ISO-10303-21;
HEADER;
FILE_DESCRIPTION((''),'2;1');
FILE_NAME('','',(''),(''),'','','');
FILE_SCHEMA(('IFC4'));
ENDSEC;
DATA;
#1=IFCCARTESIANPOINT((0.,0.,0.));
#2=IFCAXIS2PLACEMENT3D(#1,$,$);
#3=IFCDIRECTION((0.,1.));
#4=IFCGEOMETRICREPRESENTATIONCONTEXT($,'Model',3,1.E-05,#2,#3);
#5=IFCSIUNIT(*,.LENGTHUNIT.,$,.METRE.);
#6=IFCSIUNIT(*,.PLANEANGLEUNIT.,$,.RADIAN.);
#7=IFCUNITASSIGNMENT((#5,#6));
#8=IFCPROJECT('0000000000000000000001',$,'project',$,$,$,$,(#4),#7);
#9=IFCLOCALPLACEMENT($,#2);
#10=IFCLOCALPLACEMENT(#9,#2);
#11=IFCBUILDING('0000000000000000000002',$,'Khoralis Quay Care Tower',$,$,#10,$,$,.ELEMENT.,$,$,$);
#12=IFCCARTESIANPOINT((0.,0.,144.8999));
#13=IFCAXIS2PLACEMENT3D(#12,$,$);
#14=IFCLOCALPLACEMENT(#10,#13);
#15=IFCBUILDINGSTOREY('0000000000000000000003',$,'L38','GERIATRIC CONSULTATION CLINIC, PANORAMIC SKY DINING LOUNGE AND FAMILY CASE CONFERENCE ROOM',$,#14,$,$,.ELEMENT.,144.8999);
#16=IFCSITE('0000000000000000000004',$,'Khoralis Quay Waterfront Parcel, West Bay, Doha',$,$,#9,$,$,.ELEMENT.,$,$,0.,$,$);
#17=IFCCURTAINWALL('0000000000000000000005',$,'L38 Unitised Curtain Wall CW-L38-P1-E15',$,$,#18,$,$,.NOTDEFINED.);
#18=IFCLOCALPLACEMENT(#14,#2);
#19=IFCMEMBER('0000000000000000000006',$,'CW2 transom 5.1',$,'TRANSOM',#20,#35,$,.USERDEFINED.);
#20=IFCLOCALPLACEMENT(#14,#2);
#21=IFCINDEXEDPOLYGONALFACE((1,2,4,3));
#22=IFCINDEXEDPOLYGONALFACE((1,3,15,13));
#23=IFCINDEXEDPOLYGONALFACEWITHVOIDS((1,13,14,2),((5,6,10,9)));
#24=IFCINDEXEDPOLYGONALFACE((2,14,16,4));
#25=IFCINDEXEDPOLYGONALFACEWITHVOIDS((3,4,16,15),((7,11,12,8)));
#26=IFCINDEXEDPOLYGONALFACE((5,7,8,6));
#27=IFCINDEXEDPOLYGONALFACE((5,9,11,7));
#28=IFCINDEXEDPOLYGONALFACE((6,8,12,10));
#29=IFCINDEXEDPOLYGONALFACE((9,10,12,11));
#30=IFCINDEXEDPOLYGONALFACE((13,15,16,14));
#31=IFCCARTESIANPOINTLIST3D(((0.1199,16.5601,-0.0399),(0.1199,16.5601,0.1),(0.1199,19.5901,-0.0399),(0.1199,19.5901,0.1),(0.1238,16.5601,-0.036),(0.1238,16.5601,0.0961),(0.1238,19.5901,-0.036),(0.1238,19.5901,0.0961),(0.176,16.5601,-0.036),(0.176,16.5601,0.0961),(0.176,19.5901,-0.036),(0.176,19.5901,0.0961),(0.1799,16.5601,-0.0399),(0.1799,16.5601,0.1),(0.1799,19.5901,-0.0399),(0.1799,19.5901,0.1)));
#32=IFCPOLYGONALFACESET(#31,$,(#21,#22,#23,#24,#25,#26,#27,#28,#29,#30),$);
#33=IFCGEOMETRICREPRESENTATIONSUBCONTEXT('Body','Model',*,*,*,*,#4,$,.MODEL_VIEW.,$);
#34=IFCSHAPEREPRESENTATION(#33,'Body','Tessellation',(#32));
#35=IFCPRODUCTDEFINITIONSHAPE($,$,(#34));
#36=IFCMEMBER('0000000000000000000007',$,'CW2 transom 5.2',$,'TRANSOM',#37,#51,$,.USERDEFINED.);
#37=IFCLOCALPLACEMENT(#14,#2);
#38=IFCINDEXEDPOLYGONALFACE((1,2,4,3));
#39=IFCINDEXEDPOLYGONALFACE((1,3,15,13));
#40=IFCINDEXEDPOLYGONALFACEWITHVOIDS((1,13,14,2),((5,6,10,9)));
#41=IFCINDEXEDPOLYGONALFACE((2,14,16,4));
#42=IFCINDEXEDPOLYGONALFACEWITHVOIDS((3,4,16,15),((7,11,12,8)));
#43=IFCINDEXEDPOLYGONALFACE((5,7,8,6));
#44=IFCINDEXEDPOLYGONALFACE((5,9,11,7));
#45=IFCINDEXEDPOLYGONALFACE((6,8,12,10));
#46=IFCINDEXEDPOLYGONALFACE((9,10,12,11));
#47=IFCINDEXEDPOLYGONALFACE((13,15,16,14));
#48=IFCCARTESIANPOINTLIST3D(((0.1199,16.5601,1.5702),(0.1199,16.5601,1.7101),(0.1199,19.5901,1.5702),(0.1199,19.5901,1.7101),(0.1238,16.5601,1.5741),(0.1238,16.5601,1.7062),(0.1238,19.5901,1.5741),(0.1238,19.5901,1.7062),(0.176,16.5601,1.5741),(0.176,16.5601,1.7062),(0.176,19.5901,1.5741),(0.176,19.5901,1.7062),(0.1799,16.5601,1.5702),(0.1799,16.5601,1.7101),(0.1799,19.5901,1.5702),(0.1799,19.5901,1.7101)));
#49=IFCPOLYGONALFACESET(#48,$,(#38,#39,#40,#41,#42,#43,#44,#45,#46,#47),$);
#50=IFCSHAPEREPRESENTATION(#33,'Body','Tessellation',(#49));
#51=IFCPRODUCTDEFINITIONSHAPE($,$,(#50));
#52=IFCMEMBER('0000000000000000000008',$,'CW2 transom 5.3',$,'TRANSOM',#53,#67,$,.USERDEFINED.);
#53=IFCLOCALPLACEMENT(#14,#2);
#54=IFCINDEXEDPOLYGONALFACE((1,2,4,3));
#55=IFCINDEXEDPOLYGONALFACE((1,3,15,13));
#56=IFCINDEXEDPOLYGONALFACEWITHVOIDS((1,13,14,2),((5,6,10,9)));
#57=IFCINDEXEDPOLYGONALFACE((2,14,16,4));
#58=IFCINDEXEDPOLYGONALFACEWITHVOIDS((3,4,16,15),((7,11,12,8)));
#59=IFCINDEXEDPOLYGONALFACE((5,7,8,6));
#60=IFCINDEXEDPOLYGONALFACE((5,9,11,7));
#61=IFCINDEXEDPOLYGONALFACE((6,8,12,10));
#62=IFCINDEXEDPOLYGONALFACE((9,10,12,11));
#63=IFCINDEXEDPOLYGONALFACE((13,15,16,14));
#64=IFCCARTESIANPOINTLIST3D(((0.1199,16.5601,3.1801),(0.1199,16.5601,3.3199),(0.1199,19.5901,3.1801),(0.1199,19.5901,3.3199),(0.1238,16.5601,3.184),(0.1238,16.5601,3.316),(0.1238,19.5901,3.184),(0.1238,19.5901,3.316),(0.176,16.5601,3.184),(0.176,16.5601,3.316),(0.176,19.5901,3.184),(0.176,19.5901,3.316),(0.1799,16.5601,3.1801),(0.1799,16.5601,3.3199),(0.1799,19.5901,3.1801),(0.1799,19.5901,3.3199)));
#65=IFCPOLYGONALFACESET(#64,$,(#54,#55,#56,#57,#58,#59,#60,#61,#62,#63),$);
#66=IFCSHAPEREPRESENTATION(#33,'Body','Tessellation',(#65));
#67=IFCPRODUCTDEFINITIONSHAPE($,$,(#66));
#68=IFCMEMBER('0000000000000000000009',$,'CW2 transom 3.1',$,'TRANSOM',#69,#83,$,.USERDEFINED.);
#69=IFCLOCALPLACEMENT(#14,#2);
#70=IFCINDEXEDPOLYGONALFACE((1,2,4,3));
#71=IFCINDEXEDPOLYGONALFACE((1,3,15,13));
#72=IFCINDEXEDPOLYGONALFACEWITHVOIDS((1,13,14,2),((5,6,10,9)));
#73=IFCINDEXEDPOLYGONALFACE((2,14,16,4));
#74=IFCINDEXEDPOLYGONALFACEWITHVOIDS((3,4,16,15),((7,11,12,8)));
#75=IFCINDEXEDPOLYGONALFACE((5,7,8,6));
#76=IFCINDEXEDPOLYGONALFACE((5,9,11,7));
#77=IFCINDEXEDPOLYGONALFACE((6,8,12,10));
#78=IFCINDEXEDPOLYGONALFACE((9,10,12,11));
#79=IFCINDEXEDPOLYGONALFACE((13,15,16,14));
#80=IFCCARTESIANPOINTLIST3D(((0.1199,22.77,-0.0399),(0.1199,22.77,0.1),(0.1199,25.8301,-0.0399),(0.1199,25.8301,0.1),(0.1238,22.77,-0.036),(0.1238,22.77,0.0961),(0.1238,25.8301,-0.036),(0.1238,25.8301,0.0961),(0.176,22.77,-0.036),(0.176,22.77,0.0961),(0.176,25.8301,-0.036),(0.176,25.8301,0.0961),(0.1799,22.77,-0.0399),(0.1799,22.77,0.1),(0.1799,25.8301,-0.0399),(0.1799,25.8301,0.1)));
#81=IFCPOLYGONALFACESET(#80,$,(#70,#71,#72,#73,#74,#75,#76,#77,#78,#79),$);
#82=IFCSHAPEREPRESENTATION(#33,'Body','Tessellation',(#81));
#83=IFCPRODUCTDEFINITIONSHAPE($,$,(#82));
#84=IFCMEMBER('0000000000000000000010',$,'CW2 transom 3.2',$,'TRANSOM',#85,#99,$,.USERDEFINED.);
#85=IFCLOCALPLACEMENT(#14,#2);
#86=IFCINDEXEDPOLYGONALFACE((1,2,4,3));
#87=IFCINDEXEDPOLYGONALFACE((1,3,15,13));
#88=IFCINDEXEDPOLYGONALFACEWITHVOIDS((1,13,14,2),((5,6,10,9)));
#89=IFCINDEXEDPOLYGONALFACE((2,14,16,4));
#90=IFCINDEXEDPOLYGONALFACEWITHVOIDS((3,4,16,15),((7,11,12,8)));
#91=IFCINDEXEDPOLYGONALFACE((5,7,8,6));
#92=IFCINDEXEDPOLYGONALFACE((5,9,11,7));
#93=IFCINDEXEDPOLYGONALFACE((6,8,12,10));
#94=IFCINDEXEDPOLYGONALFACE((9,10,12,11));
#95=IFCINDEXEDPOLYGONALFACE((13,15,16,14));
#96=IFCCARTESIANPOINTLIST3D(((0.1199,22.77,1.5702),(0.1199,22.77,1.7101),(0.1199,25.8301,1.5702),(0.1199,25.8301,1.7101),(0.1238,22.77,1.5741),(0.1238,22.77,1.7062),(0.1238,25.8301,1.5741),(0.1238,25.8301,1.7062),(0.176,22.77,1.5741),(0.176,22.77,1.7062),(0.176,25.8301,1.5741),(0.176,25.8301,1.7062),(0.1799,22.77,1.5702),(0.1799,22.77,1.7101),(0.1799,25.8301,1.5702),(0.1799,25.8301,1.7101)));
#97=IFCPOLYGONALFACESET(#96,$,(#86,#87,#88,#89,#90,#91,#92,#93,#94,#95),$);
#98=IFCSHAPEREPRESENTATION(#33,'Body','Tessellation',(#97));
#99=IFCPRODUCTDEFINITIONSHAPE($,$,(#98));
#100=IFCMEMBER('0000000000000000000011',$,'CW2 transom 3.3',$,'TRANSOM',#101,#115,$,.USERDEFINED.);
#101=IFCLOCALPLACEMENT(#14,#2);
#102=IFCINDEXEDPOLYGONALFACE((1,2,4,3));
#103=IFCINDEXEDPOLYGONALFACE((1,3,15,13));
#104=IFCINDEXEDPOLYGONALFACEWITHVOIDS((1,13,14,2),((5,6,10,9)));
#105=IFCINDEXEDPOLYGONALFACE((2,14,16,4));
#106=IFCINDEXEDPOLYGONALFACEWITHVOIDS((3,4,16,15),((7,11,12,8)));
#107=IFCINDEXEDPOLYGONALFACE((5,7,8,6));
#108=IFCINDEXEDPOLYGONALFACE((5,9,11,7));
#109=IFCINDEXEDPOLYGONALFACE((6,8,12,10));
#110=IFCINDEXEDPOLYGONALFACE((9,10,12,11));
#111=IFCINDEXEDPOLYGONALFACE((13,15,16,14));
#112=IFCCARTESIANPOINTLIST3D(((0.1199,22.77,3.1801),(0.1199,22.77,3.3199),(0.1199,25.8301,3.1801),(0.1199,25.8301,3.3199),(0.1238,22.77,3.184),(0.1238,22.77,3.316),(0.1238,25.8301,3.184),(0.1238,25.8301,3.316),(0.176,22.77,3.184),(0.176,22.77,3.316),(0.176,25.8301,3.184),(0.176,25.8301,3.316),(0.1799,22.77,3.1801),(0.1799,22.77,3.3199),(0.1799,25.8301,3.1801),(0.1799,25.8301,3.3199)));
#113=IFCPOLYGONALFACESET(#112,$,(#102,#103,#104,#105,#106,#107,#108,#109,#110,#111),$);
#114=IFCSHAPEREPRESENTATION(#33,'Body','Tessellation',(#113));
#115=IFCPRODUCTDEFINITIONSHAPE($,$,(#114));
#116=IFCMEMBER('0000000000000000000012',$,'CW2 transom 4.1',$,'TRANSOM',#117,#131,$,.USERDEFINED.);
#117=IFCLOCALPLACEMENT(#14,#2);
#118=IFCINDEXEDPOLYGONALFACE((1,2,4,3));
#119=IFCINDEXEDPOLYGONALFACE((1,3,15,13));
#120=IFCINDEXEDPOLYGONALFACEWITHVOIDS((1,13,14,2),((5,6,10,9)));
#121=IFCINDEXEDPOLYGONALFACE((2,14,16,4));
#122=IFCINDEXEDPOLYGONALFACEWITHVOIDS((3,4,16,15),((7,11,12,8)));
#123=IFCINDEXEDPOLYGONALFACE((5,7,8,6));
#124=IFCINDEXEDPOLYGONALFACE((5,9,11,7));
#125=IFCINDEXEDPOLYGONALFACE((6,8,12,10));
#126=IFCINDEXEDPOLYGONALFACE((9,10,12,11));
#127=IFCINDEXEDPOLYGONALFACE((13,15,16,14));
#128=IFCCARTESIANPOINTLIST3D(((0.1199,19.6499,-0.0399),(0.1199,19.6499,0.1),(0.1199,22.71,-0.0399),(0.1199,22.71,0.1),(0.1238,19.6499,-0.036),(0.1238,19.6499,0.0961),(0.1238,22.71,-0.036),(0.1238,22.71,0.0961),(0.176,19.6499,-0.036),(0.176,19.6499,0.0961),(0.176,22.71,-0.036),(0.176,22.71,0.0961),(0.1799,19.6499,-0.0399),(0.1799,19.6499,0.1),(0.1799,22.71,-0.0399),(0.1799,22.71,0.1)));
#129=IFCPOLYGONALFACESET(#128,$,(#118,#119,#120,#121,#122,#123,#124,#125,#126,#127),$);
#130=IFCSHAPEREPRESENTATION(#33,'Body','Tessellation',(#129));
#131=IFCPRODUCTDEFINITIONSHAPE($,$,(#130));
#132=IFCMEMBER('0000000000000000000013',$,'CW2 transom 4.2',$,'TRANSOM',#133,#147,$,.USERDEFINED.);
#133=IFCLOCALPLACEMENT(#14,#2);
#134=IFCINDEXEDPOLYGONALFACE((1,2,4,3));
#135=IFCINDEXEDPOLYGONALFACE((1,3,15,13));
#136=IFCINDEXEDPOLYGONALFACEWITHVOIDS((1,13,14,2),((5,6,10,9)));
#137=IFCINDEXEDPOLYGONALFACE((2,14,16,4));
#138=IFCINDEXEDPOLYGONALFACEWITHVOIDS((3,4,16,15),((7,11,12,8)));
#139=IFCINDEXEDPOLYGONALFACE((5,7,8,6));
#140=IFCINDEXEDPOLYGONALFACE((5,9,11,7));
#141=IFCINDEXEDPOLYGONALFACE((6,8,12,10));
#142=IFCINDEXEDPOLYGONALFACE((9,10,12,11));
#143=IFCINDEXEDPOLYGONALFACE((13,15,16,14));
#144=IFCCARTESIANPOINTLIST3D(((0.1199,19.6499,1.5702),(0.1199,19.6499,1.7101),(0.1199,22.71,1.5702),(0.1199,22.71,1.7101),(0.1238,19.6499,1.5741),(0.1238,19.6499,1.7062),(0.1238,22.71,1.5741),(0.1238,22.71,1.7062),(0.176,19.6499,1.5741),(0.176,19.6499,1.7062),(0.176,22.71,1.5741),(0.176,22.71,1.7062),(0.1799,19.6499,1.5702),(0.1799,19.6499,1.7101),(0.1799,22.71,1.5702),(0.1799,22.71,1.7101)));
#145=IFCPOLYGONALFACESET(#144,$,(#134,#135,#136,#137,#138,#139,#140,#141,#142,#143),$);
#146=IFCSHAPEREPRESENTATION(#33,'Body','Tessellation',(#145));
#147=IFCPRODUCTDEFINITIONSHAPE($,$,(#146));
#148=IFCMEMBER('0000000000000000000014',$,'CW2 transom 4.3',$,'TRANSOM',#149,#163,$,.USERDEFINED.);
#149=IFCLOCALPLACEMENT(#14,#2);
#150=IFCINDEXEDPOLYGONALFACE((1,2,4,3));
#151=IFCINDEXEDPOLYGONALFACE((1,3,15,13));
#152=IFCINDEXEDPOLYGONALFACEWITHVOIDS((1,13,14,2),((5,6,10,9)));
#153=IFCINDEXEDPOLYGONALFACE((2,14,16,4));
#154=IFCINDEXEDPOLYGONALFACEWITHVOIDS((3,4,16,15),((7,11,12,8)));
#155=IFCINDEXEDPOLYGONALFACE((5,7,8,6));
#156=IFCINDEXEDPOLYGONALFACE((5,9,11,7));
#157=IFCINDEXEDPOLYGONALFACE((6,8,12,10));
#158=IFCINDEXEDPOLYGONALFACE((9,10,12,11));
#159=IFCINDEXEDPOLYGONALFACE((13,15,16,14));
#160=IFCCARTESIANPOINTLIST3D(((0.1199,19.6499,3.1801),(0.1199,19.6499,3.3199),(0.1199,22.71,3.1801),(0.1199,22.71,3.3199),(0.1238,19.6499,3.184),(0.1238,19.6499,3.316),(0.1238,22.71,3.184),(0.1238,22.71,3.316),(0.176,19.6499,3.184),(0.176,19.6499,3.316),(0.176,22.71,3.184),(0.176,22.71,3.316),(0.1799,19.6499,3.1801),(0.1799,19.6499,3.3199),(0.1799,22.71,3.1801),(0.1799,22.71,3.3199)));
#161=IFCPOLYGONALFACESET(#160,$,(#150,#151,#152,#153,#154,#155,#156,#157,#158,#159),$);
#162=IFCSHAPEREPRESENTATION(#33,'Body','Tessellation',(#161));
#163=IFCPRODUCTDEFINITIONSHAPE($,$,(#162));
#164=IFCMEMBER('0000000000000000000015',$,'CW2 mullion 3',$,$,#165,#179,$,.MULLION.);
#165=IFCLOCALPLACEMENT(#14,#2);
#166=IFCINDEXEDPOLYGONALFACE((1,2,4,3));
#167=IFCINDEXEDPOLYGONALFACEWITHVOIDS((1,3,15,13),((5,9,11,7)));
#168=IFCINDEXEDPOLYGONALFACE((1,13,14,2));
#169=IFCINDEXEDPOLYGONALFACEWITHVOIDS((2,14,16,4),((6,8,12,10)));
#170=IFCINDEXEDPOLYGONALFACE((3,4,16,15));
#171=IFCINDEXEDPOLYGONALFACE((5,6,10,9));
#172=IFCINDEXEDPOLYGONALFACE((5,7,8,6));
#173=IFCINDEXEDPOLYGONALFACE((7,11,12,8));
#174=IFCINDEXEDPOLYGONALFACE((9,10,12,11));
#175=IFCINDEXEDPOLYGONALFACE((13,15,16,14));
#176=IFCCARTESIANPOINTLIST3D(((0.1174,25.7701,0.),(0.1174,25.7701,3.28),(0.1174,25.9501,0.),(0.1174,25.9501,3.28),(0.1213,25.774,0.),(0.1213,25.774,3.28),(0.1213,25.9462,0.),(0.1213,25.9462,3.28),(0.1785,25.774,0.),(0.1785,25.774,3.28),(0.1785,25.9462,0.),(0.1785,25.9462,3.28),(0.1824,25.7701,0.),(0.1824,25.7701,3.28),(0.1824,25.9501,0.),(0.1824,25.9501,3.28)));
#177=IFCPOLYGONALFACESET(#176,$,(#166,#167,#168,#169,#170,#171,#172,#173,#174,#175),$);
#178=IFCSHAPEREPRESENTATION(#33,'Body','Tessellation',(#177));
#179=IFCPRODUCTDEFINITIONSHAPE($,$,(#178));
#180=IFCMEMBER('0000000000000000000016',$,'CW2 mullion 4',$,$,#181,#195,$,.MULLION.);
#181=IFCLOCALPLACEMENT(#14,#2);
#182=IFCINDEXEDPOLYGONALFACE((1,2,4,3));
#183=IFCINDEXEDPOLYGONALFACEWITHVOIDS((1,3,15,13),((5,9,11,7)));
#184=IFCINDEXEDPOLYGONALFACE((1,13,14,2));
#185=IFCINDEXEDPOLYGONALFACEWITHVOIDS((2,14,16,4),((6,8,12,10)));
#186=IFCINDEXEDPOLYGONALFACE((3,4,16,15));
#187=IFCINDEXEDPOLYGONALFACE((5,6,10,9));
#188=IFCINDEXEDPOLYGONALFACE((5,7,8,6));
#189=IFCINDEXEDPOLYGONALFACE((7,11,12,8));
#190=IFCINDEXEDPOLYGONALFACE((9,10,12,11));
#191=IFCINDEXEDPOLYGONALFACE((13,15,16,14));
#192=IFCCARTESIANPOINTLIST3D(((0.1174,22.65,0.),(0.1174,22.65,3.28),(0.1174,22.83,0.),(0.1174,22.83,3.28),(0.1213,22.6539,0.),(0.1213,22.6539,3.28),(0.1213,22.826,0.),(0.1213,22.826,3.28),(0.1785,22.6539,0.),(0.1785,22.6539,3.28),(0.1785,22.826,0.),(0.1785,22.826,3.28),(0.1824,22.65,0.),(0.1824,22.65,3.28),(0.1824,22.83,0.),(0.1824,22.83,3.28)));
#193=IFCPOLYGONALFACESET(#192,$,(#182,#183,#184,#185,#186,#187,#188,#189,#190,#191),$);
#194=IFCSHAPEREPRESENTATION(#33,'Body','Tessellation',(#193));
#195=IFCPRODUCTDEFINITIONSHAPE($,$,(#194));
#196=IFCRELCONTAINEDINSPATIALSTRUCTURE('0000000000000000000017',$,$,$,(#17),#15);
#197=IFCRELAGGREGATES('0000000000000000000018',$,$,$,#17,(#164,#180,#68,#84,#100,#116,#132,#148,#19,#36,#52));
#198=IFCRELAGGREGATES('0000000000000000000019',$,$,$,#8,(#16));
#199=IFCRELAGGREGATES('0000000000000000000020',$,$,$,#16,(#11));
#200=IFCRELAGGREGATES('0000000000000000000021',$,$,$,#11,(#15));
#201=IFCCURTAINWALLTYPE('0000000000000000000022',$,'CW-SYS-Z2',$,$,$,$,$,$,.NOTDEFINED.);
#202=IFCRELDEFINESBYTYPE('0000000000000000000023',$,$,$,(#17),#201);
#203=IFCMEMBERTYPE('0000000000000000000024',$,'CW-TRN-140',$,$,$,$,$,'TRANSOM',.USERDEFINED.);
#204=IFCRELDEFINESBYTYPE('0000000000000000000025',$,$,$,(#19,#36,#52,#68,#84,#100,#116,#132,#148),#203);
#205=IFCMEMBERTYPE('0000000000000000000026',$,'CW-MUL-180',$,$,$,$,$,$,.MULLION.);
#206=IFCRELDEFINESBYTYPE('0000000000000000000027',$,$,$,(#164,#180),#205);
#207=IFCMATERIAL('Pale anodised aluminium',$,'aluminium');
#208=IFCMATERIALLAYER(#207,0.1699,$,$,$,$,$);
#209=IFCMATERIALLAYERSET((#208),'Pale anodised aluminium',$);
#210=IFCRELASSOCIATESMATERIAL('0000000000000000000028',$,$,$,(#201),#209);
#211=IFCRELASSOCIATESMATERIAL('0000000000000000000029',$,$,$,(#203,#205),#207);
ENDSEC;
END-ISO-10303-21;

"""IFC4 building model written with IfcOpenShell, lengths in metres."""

from ifc_helpers import new_model, si_unit, direction, frame, origin, origin_2d, place, context, subcontext, project, spatial, hollow_rectangle, extrude, source, transform, mapped, material, layer, layer_set, material_profile, profile_set, type_object, element, aggregate, save


model = new_model("IFC4")

# Units and contexts
model_context = context("Model", 3, precision=1e-05, world=origin(), true_north=direction((0.0, 1.0)))
body_context = subcontext(model_context, "Body", "Model", "MODEL_VIEW")
ifc_project = project(units=[si_unit("LENGTHUNIT", "METRE"), si_unit("PLANEANGLEUNIT", "RADIAN")], contexts=[model_context])

# Site, building, storey
site_placement = place(None, origin())
site = spatial("IfcSite", under=ifc_project, at=site_placement, Name="Khoralis Quay Waterfront Parcel, West Bay, Doha", CompositionType="ELEMENT", RefElevation=0.0)
building_placement = place(site_placement, origin())
building = spatial("IfcBuilding", under=site, at=building_placement, Name="Khoralis Quay Care Tower", CompositionType="ELEMENT")
storey_placement = place(building_placement, frame((0.0, 0.0, 144.8999)))
storey = spatial("IfcBuildingStorey", under=building, at=storey_placement, Name="L38", Description="GERIATRIC CONSULTATION CLINIC, PANORAMIC SKY DINING LOUNGE AND FAMILY CASE CONFERENCE ROOM", CompositionType="ELEMENT", Elevation=144.8999)

# Curtain wall, members
ifc_material_1 = material(Name="Pale anodised aluminium", Category="aluminium")
ifc_layer_1 = layer(ifc_material_1, 0.1699)
ifc_layer_set_1 = layer_set([ifc_layer_1], Name="Pale anodised aluminium")
curtain_wall_type = type_object("IfcCurtainWallType", Name="CW-SYS-Z2", PredefinedType="NOTDEFINED", material=ifc_layer_set_1)
curtain_wall_placement = place(storey_placement, origin())
curtain_wall = element("IfcCurtainWall", 1, at=curtain_wall_placement, inside=storey, type_object=curtain_wall_type, Name="L38 Unitised Curtain Wall CW-L38-P1-E15", PredefinedType="NOTDEFINED")
ifc_material_profile_1 = material_profile(ifc_material_1, hollow_rectangle(XDim=0.0601, YDim=0.1399, WallThickness=0.0039, at=origin_2d()), Name="Pale anodised aluminium")
ifc_profile_set_1 = profile_set([ifc_material_profile_1], Name="Pale anodised aluminium")
member_type_1 = type_object("IfcMemberType", Name="CW-TRN-140", ElementType="TRANSOM", PredefinedType="USERDEFINED", material=ifc_profile_set_1)
shared_shape_1 = source(origin(), body_context, "Body", "SweptSolid", [
    extrude(hollow_rectangle(XDim=0.0601, YDim=0.1399, WallThickness=0.0039, at=origin_2d()), origin(), (0.0, 0.0, 1.0), 3.03),
])
member_1_placement = place(storey_placement, frame((0.1499, 19.5901, 0.03), z_axis=(0.0, -1.0, 0.0), x_axis=(1.0, 0.0, 0.0)))
member_1 = element("IfcMember", 2, at=member_1_placement, type_object=member_type_1, Name="CW2 transom 5.1", ObjectType="TRANSOM", PredefinedType="USERDEFINED", context=body_context, shape_type="MappedRepresentation", body=[
    mapped(shared_shape_1, transform((0.0, 0.0, 0.0), scale=1.0)),
])
member_2_placement = place(storey_placement, frame((0.1499, 19.5901, 1.6401), z_axis=(0.0, -1.0, 0.0), x_axis=(1.0, 0.0, 0.0)))
member_2 = element("IfcMember", 3, at=member_2_placement, type_object=member_type_1, Name="CW2 transom 5.2", ObjectType="TRANSOM", PredefinedType="USERDEFINED", context=body_context, shape_type="MappedRepresentation", body=[
    mapped(shared_shape_1, transform((0.0, 0.0, 0.0), scale=1.0)),
])
member_3_placement = place(storey_placement, frame((0.1499, 19.5901, 3.25), z_axis=(0.0, -1.0, 0.0), x_axis=(1.0, 0.0, 0.0)))
member_3 = element("IfcMember", 4, at=member_3_placement, type_object=member_type_1, Name="CW2 transom 5.3", ObjectType="TRANSOM", PredefinedType="USERDEFINED", context=body_context, shape_type="MappedRepresentation", body=[
    mapped(shared_shape_1, transform((0.0, 0.0, 0.0), scale=1.0)),
])
shared_shape_2 = source(origin(), body_context, "Body", "SweptSolid", [
    extrude(hollow_rectangle(XDim=0.0601, YDim=0.1399, WallThickness=0.0039, at=origin_2d()), origin(), (0.0, 0.0, 1.0), 3.0601),
])
member_4_placement = place(storey_placement, frame((0.1499, 25.8301, 0.03), z_axis=(0.0, -1.0, 0.0), x_axis=(1.0, 0.0, 0.0)))
member_4 = element("IfcMember", 5, at=member_4_placement, type_object=member_type_1, Name="CW2 transom 3.1", ObjectType="TRANSOM", PredefinedType="USERDEFINED", context=body_context, shape_type="MappedRepresentation", body=[
    mapped(shared_shape_2, transform((0.0, 0.0, 0.0), scale=1.0)),
])
member_5_placement = place(storey_placement, frame((0.1499, 25.8301, 1.6401), z_axis=(0.0, -1.0, 0.0), x_axis=(1.0, 0.0, 0.0)))
member_5 = element("IfcMember", 6, at=member_5_placement, type_object=member_type_1, Name="CW2 transom 3.2", ObjectType="TRANSOM", PredefinedType="USERDEFINED", context=body_context, shape_type="MappedRepresentation", body=[
    mapped(shared_shape_2, transform((0.0, 0.0, 0.0), scale=1.0)),
])
member_6_placement = place(storey_placement, frame((0.1499, 25.8301, 3.25), z_axis=(0.0, -1.0, 0.0), x_axis=(1.0, 0.0, 0.0)))
member_6 = element("IfcMember", 7, at=member_6_placement, type_object=member_type_1, Name="CW2 transom 3.3", ObjectType="TRANSOM", PredefinedType="USERDEFINED", context=body_context, shape_type="MappedRepresentation", body=[
    mapped(shared_shape_2, transform((0.0, 0.0, 0.0), scale=1.0)),
])
member_7_placement = place(storey_placement, frame((0.1499, 22.71, 0.03), z_axis=(0.0, -1.0, 0.0), x_axis=(1.0, 0.0, 0.0)))
member_7 = element("IfcMember", 8, at=member_7_placement, type_object=member_type_1, Name="CW2 transom 4.1", ObjectType="TRANSOM", PredefinedType="USERDEFINED", context=body_context, shape_type="MappedRepresentation", body=[
    mapped(shared_shape_2, transform((0.0, 0.0, 0.0), scale=1.0)),
])
member_8_placement = place(storey_placement, frame((0.1499, 22.71, 1.6401), z_axis=(0.0, -1.0, 0.0), x_axis=(1.0, 0.0, 0.0)))
member_8 = element("IfcMember", 9, at=member_8_placement, type_object=member_type_1, Name="CW2 transom 4.2", ObjectType="TRANSOM", PredefinedType="USERDEFINED", context=body_context, shape_type="MappedRepresentation", body=[
    mapped(shared_shape_2, transform((0.0, 0.0, 0.0), scale=1.0)),
])
member_9_placement = place(storey_placement, frame((0.1499, 22.71, 3.25), z_axis=(0.0, -1.0, 0.0), x_axis=(1.0, 0.0, 0.0)))
member_9 = element("IfcMember", 10, at=member_9_placement, type_object=member_type_1, Name="CW2 transom 4.3", ObjectType="TRANSOM", PredefinedType="USERDEFINED", context=body_context, shape_type="MappedRepresentation", body=[
    mapped(shared_shape_2, transform((0.0, 0.0, 0.0), scale=1.0)),
])
ifc_material_profile_2 = material_profile(ifc_material_1, hollow_rectangle(XDim=0.0649, YDim=0.1799, WallThickness=0.0039, at=origin_2d()), Name="Pale anodised aluminium")
ifc_profile_set_2 = profile_set([ifc_material_profile_2], Name="Pale anodised aluminium")
member_type_2 = type_object("IfcMemberType", Name="CW-MUL-180", PredefinedType="MULLION", material=ifc_profile_set_2)
shared_shape_3 = source(origin(), body_context, "Body", "SweptSolid", [
    extrude(hollow_rectangle(XDim=0.0649, YDim=0.1799, WallThickness=0.0039, at=origin_2d()), origin(), (0.0, 0.0, 1.0), 3.28),
])
member_10_placement = place(storey_placement, frame((0.1499, 25.8601, 0.0), z_axis=(0.0, 0.0, 1.0), x_axis=(1.0, 0.0, 0.0)))
member_10 = element("IfcMember", 11, at=member_10_placement, type_object=member_type_2, Name="CW2 mullion 3", PredefinedType="MULLION", context=body_context, shape_type="MappedRepresentation", body=[
    mapped(shared_shape_3, transform((0.0, 0.0, 0.0), scale=1.0)),
])
member_11_placement = place(storey_placement, frame((0.1499, 22.74, 0.0), z_axis=(0.0, 0.0, 1.0), x_axis=(1.0, 0.0, 0.0)))
member_11 = element("IfcMember", 12, at=member_11_placement, type_object=member_type_2, Name="CW2 mullion 4", PredefinedType="MULLION", context=body_context, shape_type="MappedRepresentation", body=[
    mapped(shared_shape_3, transform((0.0, 0.0, 0.0), scale=1.0)),
])
aggregate(curtain_wall, [member_10, member_11, member_4, member_5, member_6, member_7, member_8, member_9, member_1, member_2, member_3])

save(model, "model.ifc")
